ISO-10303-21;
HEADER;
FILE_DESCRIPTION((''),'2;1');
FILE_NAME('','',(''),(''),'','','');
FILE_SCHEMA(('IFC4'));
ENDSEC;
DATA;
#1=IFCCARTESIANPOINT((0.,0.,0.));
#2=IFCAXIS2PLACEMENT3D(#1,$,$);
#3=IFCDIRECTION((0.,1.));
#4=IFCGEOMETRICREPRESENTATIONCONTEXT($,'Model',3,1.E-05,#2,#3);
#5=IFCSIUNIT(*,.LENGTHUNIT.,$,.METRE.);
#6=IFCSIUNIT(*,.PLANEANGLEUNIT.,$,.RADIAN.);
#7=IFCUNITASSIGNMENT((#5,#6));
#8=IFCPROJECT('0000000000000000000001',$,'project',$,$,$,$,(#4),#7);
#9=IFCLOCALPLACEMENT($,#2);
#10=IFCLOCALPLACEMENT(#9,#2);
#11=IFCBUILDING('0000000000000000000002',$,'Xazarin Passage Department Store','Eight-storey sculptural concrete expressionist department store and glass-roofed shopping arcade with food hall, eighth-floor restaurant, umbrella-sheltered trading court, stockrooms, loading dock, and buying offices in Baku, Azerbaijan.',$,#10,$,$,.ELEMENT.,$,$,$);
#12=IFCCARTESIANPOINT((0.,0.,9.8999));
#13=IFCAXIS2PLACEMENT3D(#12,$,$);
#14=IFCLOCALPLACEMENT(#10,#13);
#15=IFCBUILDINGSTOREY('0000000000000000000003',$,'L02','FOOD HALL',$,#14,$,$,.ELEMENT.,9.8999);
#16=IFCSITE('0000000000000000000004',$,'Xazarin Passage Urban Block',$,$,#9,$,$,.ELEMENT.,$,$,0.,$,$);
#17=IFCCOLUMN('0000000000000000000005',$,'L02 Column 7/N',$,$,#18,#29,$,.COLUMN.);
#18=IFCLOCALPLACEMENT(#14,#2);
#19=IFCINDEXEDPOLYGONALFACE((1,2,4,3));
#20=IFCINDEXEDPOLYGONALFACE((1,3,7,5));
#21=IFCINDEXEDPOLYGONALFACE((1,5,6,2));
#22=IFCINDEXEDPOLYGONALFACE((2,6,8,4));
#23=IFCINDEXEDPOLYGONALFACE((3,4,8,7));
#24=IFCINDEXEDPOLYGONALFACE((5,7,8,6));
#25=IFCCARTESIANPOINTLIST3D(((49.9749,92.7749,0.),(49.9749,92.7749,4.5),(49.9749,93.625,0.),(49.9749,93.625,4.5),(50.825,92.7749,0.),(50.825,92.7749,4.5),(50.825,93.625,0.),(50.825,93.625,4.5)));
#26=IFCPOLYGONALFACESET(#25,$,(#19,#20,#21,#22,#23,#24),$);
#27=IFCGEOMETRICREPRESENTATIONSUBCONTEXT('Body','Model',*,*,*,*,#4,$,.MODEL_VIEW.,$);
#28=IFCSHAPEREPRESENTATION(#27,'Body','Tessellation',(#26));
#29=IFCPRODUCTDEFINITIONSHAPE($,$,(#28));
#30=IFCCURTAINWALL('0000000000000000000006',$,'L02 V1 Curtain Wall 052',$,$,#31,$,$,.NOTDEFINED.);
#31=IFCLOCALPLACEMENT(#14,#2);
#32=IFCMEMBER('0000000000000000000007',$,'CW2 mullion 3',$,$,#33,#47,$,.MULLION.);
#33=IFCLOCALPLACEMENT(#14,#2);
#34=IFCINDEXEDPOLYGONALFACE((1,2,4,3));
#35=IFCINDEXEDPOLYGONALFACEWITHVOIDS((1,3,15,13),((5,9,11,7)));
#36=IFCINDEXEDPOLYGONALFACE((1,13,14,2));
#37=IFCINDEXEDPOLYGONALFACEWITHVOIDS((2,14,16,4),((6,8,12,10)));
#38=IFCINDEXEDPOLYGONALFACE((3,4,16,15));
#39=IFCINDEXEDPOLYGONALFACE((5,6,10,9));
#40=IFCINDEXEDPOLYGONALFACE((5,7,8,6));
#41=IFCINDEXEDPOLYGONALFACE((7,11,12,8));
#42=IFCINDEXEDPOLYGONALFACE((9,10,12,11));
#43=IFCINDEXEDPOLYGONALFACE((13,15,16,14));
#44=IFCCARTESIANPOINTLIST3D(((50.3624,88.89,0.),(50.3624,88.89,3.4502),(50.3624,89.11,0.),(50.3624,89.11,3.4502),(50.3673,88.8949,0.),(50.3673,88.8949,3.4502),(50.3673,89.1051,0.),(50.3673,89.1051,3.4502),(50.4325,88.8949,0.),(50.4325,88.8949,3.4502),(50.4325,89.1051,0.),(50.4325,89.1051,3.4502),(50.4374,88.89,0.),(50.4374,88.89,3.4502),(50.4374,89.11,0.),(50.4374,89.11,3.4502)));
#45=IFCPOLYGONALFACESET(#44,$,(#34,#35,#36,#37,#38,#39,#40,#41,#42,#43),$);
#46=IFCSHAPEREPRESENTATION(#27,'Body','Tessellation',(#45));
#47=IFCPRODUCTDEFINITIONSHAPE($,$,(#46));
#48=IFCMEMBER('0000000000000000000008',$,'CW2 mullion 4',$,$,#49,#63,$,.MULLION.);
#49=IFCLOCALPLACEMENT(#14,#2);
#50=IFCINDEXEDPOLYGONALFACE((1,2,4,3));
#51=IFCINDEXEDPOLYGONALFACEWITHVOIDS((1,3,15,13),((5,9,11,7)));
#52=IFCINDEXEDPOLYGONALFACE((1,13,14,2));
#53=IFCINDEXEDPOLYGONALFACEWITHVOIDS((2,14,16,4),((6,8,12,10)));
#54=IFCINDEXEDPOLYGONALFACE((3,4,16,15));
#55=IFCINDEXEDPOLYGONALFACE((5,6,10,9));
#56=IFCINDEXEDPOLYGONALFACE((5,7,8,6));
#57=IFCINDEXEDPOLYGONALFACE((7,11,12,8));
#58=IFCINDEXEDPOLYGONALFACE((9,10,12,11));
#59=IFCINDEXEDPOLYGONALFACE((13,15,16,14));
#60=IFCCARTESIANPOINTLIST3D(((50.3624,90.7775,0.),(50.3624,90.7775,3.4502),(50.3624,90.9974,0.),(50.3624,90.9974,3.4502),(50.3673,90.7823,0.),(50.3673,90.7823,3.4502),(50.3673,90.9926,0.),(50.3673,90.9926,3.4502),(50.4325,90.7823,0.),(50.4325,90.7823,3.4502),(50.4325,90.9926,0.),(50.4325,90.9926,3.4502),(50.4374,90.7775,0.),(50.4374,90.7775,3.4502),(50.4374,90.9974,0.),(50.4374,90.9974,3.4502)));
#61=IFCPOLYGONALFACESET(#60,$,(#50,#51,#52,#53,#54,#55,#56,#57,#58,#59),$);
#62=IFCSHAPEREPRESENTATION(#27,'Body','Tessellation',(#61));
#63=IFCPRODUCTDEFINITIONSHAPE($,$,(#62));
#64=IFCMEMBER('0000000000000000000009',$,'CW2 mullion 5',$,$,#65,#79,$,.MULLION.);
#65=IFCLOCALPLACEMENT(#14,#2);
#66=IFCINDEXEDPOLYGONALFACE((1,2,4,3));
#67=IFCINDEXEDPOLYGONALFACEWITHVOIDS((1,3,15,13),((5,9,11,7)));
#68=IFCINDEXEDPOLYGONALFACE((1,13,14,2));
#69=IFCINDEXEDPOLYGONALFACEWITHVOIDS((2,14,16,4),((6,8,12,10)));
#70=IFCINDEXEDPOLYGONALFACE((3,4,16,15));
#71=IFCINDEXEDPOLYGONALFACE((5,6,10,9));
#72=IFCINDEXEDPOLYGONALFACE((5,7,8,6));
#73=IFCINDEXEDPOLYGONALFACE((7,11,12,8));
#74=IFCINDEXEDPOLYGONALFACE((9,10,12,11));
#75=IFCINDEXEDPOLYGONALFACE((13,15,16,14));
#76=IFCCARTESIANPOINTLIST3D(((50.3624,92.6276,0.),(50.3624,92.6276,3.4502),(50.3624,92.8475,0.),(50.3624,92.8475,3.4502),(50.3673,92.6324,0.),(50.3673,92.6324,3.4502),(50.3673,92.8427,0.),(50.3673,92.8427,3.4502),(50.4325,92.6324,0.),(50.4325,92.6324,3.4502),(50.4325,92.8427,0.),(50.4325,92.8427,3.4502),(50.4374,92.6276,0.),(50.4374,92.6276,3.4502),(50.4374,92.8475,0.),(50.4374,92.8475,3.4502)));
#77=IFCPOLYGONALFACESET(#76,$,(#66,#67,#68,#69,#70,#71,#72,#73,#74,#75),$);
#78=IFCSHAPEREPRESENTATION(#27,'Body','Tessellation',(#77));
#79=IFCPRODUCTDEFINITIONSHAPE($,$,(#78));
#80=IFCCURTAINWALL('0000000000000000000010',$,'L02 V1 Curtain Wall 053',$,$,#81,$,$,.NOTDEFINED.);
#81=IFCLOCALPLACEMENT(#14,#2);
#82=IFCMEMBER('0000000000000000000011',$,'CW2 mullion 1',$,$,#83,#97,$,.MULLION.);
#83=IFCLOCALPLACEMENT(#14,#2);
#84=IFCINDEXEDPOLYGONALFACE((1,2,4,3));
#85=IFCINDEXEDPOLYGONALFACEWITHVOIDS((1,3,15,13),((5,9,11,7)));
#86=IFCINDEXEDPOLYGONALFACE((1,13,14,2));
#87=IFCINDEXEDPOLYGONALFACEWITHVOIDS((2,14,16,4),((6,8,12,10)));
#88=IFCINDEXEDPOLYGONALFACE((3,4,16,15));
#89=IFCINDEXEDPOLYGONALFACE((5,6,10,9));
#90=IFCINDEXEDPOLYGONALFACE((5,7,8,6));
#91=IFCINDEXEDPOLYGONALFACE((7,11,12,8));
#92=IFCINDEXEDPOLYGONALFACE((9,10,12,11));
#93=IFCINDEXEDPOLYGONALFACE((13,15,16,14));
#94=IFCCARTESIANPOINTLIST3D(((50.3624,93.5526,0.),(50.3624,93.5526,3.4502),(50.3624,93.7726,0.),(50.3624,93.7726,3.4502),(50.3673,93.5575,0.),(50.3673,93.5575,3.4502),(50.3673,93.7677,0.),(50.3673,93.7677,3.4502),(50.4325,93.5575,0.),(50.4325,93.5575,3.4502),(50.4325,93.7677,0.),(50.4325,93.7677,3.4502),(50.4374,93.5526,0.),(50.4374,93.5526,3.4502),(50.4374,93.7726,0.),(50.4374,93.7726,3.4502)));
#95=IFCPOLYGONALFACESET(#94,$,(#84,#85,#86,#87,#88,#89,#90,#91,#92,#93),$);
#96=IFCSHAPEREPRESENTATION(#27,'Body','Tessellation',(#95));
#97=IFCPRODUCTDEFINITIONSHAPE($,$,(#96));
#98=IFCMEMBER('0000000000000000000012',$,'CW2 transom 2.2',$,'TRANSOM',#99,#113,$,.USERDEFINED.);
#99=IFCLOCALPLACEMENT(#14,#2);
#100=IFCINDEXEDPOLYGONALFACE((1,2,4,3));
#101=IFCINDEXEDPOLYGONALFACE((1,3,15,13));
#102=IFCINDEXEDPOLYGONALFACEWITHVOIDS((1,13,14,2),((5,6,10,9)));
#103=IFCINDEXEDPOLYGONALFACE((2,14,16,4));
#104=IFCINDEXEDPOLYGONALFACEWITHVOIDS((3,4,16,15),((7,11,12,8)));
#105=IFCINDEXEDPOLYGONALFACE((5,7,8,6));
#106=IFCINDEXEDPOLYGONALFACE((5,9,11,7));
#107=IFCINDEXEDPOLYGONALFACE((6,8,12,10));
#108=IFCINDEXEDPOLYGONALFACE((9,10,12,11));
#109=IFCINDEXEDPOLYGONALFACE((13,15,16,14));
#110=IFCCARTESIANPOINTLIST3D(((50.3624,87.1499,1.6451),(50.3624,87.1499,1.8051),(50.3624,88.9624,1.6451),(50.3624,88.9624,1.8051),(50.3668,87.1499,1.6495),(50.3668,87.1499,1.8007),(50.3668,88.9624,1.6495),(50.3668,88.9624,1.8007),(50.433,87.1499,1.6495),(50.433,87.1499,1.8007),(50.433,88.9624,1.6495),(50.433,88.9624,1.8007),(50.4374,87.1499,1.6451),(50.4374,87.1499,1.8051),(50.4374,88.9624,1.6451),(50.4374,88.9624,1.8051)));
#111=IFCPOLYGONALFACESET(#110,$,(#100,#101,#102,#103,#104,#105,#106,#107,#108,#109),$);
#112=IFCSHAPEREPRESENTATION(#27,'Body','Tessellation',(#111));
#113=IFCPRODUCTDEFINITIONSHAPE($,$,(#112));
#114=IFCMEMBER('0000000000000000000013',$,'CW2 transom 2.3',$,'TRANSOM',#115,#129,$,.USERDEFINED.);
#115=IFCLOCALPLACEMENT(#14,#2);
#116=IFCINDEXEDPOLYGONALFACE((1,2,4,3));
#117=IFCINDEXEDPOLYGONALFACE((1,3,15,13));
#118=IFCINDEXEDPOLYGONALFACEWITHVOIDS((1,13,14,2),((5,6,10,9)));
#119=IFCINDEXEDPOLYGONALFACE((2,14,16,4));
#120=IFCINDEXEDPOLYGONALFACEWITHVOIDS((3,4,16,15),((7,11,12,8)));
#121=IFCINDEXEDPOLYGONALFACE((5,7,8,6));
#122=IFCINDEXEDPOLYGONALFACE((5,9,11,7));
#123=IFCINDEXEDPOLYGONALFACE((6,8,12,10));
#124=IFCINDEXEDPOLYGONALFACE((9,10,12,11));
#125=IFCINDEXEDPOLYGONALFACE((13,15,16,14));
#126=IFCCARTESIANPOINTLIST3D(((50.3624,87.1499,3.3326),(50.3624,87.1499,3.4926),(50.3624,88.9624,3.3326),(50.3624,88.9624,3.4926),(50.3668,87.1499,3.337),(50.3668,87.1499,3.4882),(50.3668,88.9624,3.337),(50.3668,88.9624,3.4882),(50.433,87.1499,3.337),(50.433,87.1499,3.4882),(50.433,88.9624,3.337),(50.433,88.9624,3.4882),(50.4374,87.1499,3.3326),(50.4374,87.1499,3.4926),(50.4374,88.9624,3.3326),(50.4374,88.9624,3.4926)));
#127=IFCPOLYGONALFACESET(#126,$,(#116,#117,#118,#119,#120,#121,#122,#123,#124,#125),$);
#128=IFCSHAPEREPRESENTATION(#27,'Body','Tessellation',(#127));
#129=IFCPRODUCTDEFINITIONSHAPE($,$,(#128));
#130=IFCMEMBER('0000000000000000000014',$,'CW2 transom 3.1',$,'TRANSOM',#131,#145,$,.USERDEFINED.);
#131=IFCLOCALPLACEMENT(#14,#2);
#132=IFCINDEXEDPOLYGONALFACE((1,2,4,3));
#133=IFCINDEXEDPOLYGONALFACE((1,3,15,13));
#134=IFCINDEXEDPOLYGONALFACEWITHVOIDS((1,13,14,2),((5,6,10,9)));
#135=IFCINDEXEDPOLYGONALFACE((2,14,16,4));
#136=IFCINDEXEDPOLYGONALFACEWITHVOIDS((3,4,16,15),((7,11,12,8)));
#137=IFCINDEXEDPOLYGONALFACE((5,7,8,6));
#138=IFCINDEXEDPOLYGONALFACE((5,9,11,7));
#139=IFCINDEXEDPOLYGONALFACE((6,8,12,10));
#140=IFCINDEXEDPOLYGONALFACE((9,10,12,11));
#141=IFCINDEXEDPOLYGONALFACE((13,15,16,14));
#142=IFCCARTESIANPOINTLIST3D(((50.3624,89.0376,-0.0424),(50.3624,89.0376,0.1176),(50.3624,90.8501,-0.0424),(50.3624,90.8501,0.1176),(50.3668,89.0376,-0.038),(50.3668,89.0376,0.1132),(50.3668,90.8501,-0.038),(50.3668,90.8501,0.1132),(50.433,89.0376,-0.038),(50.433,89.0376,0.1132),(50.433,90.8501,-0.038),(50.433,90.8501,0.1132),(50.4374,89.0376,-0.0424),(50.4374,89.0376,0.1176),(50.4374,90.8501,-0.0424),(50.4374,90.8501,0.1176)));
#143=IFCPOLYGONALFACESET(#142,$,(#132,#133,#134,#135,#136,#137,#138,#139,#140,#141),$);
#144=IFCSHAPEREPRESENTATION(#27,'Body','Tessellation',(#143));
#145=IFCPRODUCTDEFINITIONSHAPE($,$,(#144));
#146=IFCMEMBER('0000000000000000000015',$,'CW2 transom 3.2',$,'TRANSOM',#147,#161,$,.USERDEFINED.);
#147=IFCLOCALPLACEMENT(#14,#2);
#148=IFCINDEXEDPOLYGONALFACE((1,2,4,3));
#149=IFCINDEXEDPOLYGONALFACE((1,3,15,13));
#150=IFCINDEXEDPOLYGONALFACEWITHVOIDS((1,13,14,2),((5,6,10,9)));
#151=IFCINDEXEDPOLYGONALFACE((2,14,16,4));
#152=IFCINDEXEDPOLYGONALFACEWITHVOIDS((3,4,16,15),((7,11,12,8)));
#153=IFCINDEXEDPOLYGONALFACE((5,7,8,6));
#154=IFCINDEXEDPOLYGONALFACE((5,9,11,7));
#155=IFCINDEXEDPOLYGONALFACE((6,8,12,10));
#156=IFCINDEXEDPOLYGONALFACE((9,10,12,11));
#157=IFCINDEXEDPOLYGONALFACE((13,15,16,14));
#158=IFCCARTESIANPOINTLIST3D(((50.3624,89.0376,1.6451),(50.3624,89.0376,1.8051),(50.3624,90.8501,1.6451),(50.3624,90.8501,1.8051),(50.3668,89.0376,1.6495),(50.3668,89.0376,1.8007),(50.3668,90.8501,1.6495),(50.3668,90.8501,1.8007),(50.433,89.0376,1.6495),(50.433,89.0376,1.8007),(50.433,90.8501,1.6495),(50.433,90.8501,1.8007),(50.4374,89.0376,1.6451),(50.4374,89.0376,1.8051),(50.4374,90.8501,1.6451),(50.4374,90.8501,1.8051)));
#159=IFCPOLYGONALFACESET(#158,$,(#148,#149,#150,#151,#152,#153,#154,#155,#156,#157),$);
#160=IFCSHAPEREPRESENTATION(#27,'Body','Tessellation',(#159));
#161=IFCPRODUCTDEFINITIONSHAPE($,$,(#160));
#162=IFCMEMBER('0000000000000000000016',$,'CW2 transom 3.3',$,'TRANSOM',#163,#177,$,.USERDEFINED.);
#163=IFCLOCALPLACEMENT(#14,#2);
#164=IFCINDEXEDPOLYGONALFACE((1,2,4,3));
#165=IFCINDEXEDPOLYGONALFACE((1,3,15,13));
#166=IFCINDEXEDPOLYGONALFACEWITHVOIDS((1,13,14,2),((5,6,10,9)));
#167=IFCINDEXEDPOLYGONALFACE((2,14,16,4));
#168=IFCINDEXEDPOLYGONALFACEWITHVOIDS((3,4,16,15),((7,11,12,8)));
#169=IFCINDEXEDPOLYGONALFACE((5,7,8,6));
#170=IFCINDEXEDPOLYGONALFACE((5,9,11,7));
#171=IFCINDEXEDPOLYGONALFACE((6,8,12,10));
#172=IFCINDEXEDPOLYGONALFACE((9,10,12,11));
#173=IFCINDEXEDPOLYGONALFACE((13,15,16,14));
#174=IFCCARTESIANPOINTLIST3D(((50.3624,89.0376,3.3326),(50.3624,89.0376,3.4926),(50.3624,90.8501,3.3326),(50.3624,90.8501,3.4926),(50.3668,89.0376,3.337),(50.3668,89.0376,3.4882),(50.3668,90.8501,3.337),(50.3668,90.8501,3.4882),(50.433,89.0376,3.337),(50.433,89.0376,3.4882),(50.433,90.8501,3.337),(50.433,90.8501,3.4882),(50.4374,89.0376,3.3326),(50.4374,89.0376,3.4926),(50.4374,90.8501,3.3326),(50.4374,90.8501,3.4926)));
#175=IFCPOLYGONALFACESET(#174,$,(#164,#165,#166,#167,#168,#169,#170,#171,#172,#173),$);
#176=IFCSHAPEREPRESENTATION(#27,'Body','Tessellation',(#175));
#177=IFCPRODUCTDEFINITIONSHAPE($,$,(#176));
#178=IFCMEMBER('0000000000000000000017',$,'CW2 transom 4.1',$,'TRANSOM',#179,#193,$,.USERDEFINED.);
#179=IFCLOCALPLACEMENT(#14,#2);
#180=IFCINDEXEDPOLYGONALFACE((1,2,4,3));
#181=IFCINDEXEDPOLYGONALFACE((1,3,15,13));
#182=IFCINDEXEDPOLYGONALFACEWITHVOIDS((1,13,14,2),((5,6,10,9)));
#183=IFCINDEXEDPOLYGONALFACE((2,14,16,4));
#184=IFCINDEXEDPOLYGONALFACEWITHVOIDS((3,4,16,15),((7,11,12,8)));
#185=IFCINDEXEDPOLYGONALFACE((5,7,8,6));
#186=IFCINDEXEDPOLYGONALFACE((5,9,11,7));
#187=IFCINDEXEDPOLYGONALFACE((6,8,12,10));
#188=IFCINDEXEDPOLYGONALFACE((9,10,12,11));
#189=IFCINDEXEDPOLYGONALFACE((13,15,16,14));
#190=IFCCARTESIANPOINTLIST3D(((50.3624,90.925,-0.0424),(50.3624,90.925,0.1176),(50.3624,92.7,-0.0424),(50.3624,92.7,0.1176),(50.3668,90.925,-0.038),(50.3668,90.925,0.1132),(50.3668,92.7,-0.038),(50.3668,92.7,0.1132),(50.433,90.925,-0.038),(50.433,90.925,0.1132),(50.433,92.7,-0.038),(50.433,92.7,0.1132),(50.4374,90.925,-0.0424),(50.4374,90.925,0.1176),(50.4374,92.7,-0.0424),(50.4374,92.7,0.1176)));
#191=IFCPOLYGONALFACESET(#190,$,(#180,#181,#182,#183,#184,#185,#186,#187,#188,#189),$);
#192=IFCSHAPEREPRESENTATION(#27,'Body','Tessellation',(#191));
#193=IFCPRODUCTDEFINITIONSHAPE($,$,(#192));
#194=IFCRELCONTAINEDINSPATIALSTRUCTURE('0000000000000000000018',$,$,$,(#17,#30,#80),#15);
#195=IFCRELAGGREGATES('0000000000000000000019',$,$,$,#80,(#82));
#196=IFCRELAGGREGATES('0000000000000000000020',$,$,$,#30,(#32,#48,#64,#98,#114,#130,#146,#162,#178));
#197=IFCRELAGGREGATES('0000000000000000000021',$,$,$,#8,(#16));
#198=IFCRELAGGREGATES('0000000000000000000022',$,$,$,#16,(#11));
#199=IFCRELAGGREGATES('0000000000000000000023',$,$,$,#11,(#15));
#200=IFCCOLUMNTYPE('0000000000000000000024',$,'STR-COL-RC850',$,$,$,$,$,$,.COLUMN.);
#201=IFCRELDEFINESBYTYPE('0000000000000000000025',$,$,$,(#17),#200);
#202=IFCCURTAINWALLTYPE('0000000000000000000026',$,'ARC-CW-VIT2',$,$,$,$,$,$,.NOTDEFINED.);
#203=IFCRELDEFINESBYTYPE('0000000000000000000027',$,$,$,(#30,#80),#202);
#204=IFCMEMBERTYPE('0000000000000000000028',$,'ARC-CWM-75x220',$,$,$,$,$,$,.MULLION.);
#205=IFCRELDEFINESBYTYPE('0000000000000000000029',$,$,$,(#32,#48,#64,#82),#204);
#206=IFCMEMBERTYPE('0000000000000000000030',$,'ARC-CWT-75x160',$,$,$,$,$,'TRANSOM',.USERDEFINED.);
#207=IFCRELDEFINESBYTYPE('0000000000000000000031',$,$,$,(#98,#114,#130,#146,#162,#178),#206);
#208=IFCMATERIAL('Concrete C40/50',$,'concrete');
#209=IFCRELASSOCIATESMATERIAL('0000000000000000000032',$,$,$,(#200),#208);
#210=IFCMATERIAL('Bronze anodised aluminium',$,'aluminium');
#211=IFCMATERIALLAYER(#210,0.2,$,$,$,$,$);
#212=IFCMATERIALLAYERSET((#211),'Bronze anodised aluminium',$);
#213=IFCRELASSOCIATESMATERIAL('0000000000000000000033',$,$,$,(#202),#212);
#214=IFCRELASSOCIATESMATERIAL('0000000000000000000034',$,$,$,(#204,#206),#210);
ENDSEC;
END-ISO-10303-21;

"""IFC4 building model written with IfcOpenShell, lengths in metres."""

from ifc_helpers import new_model, si_unit, direction, frame, origin, origin_2d, place, context, subcontext, project, spatial, rectangle, hollow_rectangle, extrude, material, layer, layer_set, material_profile, profile_set, type_object, element, aggregate, save


model = new_model("IFC4")

# Units and contexts
model_context = context("Model", 3, precision=1e-05, world=origin(), true_north=direction((0.0, 1.0)))
body_context = subcontext(model_context, "Body", "Model", "MODEL_VIEW")
ifc_project = project(units=[si_unit("LENGTHUNIT", "METRE"), si_unit("PLANEANGLEUNIT", "RADIAN")], contexts=[model_context])

# Site, building, storey
site_placement = place(None, origin())
site = spatial("IfcSite", under=ifc_project, at=site_placement, Name="Xazarin Passage Urban Block", CompositionType="ELEMENT", RefElevation=0.0)
building_placement = place(site_placement, origin())
building = spatial("IfcBuilding", under=site, at=building_placement, Name="Xazarin Passage Department Store", Description="Eight-storey sculptural concrete expressionist department store and glass-roofed shopping arcade with food hall, eighth-floor restaurant, umbrella-sheltered trading court, stockrooms, loading dock, and buying offices in Baku, Azerbaijan.", CompositionType="ELEMENT")
storey_placement = place(building_placement, frame((0.0, 0.0, 9.8999)))
storey = spatial("IfcBuildingStorey", under=building, at=storey_placement, Name="L02", Description="FOOD HALL", CompositionType="ELEMENT", Elevation=9.8999)

# Column
ifc_material_1 = material(Name="Concrete C40/50", Category="concrete")
ifc_material_profile_1 = material_profile(ifc_material_1, rectangle(XDim=0.8501, YDim=0.8501, at=origin_2d()), Name="RC 850x850")
ifc_profile_set_1 = profile_set([ifc_material_profile_1], Name="Concrete C40/50")
column_type = type_object("IfcColumnType", Name="STR-COL-RC850", PredefinedType="COLUMN", material=ifc_profile_set_1)
column_placement = place(storey_placement, frame((50.3999, 93.2, 0.0), z_axis=(0.0, 0.0, 1.0), x_axis=(1.0, 0.0, 0.0)))
element("IfcColumn", 1, at=column_placement, inside=storey, type_object=column_type, Name="L02 Column 7/N", PredefinedType="COLUMN", context=body_context, shape_type="SweptSolid", body=[
    extrude(rectangle(XDim=0.8501, YDim=0.8501, at=origin_2d()), origin(), (0.0, 0.0, 1.0), 4.5),
])

# Curtain wall, members
ifc_material_2 = material(Name="Bronze anodised aluminium", Category="aluminium")
ifc_layer_1 = layer(ifc_material_2, 0.2)
ifc_layer_set_1 = layer_set([ifc_layer_1], Name="Bronze anodised aluminium")
curtain_wall_type = type_object("IfcCurtainWallType", Name="ARC-CW-VIT2", PredefinedType="NOTDEFINED", material=ifc_layer_set_1)
curtain_wall_1_placement = place(storey_placement, origin())
curtain_wall_1 = element("IfcCurtainWall", 2, at=curtain_wall_1_placement, inside=storey, type_object=curtain_wall_type, Name="L02 V1 Curtain Wall 052", PredefinedType="NOTDEFINED")
ifc_material_profile_2 = material_profile(ifc_material_2, hollow_rectangle(XDim=0.075, YDim=0.22, WallThickness=0.0049, at=origin_2d()), Name="ALU 75x220")
ifc_profile_set_2 = profile_set([ifc_material_profile_2], Name="Bronze anodised aluminium")
member_type_1 = type_object("IfcMemberType", Name="ARC-CWM-75x220", PredefinedType="MULLION", material=ifc_profile_set_2)
member_1_placement = place(storey_placement, frame((50.3999, 89.0, 0.0), z_axis=(0.0, 0.0, 1.0), x_axis=(-1.0, 0.0, 0.0)))
member_1 = element("IfcMember", 3, at=member_1_placement, type_object=member_type_1, Name="CW2 mullion 3", PredefinedType="MULLION", context=body_context, shape_type="SweptSolid", body=[
    extrude(hollow_rectangle(XDim=0.075, YDim=0.22, WallThickness=0.0049, at=origin_2d()), origin(), (0.0, 0.0, 1.0), 3.4502),
])
member_2_placement = place(storey_placement, frame((50.3999, 90.8875, 0.0), z_axis=(0.0, 0.0, 1.0), x_axis=(-1.0, 0.0, 0.0)))
member_2 = element("IfcMember", 4, at=member_2_placement, type_object=member_type_1, Name="CW2 mullion 4", PredefinedType="MULLION", context=body_context, shape_type="SweptSolid", body=[
    extrude(hollow_rectangle(XDim=0.075, YDim=0.22, WallThickness=0.0049, at=origin_2d()), origin(), (0.0, 0.0, 1.0), 3.4502),
])
member_3_placement = place(storey_placement, frame((50.3999, 92.7375, 0.0), z_axis=(0.0, 0.0, 1.0), x_axis=(-1.0, 0.0, 0.0)))
member_3 = element("IfcMember", 5, at=member_3_placement, type_object=member_type_1, Name="CW2 mullion 5", PredefinedType="MULLION", context=body_context, shape_type="SweptSolid", body=[
    extrude(hollow_rectangle(XDim=0.075, YDim=0.22, WallThickness=0.0049, at=origin_2d()), origin(), (0.0, 0.0, 1.0), 3.4502),
])

# Curtain wall, member
curtain_wall_2_placement = place(storey_placement, origin())
curtain_wall_2 = element("IfcCurtainWall", 6, at=curtain_wall_2_placement, inside=storey, type_object=curtain_wall_type, Name="L02 V1 Curtain Wall 053", PredefinedType="NOTDEFINED")
member_4_placement = place(storey_placement, frame((50.3999, 93.6626, 0.0), z_axis=(0.0, 0.0, 1.0), x_axis=(-1.0, 0.0, 0.0)))
member_4 = element("IfcMember", 7, at=member_4_placement, type_object=member_type_1, Name="CW2 mullion 1", PredefinedType="MULLION", context=body_context, shape_type="SweptSolid", body=[
    extrude(hollow_rectangle(XDim=0.075, YDim=0.22, WallThickness=0.0049, at=origin_2d()), origin(), (0.0, 0.0, 1.0), 3.4502),
])

# Members
ifc_material_profile_3 = material_profile(ifc_material_2, hollow_rectangle(XDim=0.075, YDim=0.1599, WallThickness=0.0044, at=origin_2d()), Name="ALU 75x160")
ifc_profile_set_3 = profile_set([ifc_material_profile_3], Name="Bronze anodised aluminium")
member_type_2 = type_object("IfcMemberType", Name="ARC-CWT-75x160", ElementType="TRANSOM", PredefinedType="USERDEFINED", material=ifc_profile_set_3)
member_5_placement = place(storey_placement, frame((50.3999, 87.1499, 1.7251), z_axis=(0.0, 1.0, 0.0), x_axis=(-1.0, 0.0, 0.0)))
member_5 = element("IfcMember", 8, at=member_5_placement, type_object=member_type_2, Name="CW2 transom 2.2", ObjectType="TRANSOM", PredefinedType="USERDEFINED", context=body_context, shape_type="SweptSolid", body=[
    extrude(hollow_rectangle(XDim=0.075, YDim=0.1599, WallThickness=0.0044, at=origin_2d()), origin(), (0.0, 0.0, 1.0), 1.8125),
])
member_6_placement = place(storey_placement, frame((50.3999, 87.1499, 3.4126), z_axis=(0.0, 1.0, 0.0), x_axis=(-1.0, 0.0, 0.0)))
member_6 = element("IfcMember", 9, at=member_6_placement, type_object=member_type_2, Name="CW2 transom 2.3", ObjectType="TRANSOM", PredefinedType="USERDEFINED", context=body_context, shape_type="SweptSolid", body=[
    extrude(hollow_rectangle(XDim=0.075, YDim=0.1599, WallThickness=0.0044, at=origin_2d()), origin(), (0.0, 0.0, 1.0), 1.8125),
])
member_7_placement = place(storey_placement, frame((50.3999, 89.0376, 0.0376), z_axis=(0.0, 1.0, 0.0), x_axis=(-1.0, 0.0, 0.0)))
member_7 = element("IfcMember", 10, at=member_7_placement, type_object=member_type_2, Name="CW2 transom 3.1", ObjectType="TRANSOM", PredefinedType="USERDEFINED", context=body_context, shape_type="SweptSolid", body=[
    extrude(hollow_rectangle(XDim=0.075, YDim=0.1599, WallThickness=0.0044, at=origin_2d()), origin(), (0.0, 0.0, 1.0), 1.8125),
])
member_8_placement = place(storey_placement, frame((50.3999, 89.0376, 1.7251), z_axis=(0.0, 1.0, 0.0), x_axis=(-1.0, 0.0, 0.0)))
member_8 = element("IfcMember", 11, at=member_8_placement, type_object=member_type_2, Name="CW2 transom 3.2", ObjectType="TRANSOM", PredefinedType="USERDEFINED", context=body_context, shape_type="SweptSolid", body=[
    extrude(hollow_rectangle(XDim=0.075, YDim=0.1599, WallThickness=0.0044, at=origin_2d()), origin(), (0.0, 0.0, 1.0), 1.8125),
])
member_9_placement = place(storey_placement, frame((50.3999, 89.0376, 3.4126), z_axis=(0.0, 1.0, 0.0), x_axis=(-1.0, 0.0, 0.0)))
member_9 = element("IfcMember", 12, at=member_9_placement, type_object=member_type_2, Name="CW2 transom 3.3", ObjectType="TRANSOM", PredefinedType="USERDEFINED", context=body_context, shape_type="SweptSolid", body=[
    extrude(hollow_rectangle(XDim=0.075, YDim=0.1599, WallThickness=0.0044, at=origin_2d()), origin(), (0.0, 0.0, 1.0), 1.8125),
])
member_10_placement = place(storey_placement, frame((50.3999, 90.925, 0.0376), z_axis=(0.0, 1.0, 0.0), x_axis=(-1.0, 0.0, 0.0)))
member_10 = element("IfcMember", 13, at=member_10_placement, type_object=member_type_2, Name="CW2 transom 4.1", ObjectType="TRANSOM", PredefinedType="USERDEFINED", context=body_context, shape_type="SweptSolid", body=[
    extrude(hollow_rectangle(XDim=0.075, YDim=0.1599, WallThickness=0.0044, at=origin_2d()), origin(), (0.0, 0.0, 1.0), 1.7749),
])
aggregate(curtain_wall_2, [member_4])

aggregate(curtain_wall_1, [member_1, member_2, member_3, member_5, member_6, member_7, member_8, member_9, member_10])

save(model, "model.ifc")
